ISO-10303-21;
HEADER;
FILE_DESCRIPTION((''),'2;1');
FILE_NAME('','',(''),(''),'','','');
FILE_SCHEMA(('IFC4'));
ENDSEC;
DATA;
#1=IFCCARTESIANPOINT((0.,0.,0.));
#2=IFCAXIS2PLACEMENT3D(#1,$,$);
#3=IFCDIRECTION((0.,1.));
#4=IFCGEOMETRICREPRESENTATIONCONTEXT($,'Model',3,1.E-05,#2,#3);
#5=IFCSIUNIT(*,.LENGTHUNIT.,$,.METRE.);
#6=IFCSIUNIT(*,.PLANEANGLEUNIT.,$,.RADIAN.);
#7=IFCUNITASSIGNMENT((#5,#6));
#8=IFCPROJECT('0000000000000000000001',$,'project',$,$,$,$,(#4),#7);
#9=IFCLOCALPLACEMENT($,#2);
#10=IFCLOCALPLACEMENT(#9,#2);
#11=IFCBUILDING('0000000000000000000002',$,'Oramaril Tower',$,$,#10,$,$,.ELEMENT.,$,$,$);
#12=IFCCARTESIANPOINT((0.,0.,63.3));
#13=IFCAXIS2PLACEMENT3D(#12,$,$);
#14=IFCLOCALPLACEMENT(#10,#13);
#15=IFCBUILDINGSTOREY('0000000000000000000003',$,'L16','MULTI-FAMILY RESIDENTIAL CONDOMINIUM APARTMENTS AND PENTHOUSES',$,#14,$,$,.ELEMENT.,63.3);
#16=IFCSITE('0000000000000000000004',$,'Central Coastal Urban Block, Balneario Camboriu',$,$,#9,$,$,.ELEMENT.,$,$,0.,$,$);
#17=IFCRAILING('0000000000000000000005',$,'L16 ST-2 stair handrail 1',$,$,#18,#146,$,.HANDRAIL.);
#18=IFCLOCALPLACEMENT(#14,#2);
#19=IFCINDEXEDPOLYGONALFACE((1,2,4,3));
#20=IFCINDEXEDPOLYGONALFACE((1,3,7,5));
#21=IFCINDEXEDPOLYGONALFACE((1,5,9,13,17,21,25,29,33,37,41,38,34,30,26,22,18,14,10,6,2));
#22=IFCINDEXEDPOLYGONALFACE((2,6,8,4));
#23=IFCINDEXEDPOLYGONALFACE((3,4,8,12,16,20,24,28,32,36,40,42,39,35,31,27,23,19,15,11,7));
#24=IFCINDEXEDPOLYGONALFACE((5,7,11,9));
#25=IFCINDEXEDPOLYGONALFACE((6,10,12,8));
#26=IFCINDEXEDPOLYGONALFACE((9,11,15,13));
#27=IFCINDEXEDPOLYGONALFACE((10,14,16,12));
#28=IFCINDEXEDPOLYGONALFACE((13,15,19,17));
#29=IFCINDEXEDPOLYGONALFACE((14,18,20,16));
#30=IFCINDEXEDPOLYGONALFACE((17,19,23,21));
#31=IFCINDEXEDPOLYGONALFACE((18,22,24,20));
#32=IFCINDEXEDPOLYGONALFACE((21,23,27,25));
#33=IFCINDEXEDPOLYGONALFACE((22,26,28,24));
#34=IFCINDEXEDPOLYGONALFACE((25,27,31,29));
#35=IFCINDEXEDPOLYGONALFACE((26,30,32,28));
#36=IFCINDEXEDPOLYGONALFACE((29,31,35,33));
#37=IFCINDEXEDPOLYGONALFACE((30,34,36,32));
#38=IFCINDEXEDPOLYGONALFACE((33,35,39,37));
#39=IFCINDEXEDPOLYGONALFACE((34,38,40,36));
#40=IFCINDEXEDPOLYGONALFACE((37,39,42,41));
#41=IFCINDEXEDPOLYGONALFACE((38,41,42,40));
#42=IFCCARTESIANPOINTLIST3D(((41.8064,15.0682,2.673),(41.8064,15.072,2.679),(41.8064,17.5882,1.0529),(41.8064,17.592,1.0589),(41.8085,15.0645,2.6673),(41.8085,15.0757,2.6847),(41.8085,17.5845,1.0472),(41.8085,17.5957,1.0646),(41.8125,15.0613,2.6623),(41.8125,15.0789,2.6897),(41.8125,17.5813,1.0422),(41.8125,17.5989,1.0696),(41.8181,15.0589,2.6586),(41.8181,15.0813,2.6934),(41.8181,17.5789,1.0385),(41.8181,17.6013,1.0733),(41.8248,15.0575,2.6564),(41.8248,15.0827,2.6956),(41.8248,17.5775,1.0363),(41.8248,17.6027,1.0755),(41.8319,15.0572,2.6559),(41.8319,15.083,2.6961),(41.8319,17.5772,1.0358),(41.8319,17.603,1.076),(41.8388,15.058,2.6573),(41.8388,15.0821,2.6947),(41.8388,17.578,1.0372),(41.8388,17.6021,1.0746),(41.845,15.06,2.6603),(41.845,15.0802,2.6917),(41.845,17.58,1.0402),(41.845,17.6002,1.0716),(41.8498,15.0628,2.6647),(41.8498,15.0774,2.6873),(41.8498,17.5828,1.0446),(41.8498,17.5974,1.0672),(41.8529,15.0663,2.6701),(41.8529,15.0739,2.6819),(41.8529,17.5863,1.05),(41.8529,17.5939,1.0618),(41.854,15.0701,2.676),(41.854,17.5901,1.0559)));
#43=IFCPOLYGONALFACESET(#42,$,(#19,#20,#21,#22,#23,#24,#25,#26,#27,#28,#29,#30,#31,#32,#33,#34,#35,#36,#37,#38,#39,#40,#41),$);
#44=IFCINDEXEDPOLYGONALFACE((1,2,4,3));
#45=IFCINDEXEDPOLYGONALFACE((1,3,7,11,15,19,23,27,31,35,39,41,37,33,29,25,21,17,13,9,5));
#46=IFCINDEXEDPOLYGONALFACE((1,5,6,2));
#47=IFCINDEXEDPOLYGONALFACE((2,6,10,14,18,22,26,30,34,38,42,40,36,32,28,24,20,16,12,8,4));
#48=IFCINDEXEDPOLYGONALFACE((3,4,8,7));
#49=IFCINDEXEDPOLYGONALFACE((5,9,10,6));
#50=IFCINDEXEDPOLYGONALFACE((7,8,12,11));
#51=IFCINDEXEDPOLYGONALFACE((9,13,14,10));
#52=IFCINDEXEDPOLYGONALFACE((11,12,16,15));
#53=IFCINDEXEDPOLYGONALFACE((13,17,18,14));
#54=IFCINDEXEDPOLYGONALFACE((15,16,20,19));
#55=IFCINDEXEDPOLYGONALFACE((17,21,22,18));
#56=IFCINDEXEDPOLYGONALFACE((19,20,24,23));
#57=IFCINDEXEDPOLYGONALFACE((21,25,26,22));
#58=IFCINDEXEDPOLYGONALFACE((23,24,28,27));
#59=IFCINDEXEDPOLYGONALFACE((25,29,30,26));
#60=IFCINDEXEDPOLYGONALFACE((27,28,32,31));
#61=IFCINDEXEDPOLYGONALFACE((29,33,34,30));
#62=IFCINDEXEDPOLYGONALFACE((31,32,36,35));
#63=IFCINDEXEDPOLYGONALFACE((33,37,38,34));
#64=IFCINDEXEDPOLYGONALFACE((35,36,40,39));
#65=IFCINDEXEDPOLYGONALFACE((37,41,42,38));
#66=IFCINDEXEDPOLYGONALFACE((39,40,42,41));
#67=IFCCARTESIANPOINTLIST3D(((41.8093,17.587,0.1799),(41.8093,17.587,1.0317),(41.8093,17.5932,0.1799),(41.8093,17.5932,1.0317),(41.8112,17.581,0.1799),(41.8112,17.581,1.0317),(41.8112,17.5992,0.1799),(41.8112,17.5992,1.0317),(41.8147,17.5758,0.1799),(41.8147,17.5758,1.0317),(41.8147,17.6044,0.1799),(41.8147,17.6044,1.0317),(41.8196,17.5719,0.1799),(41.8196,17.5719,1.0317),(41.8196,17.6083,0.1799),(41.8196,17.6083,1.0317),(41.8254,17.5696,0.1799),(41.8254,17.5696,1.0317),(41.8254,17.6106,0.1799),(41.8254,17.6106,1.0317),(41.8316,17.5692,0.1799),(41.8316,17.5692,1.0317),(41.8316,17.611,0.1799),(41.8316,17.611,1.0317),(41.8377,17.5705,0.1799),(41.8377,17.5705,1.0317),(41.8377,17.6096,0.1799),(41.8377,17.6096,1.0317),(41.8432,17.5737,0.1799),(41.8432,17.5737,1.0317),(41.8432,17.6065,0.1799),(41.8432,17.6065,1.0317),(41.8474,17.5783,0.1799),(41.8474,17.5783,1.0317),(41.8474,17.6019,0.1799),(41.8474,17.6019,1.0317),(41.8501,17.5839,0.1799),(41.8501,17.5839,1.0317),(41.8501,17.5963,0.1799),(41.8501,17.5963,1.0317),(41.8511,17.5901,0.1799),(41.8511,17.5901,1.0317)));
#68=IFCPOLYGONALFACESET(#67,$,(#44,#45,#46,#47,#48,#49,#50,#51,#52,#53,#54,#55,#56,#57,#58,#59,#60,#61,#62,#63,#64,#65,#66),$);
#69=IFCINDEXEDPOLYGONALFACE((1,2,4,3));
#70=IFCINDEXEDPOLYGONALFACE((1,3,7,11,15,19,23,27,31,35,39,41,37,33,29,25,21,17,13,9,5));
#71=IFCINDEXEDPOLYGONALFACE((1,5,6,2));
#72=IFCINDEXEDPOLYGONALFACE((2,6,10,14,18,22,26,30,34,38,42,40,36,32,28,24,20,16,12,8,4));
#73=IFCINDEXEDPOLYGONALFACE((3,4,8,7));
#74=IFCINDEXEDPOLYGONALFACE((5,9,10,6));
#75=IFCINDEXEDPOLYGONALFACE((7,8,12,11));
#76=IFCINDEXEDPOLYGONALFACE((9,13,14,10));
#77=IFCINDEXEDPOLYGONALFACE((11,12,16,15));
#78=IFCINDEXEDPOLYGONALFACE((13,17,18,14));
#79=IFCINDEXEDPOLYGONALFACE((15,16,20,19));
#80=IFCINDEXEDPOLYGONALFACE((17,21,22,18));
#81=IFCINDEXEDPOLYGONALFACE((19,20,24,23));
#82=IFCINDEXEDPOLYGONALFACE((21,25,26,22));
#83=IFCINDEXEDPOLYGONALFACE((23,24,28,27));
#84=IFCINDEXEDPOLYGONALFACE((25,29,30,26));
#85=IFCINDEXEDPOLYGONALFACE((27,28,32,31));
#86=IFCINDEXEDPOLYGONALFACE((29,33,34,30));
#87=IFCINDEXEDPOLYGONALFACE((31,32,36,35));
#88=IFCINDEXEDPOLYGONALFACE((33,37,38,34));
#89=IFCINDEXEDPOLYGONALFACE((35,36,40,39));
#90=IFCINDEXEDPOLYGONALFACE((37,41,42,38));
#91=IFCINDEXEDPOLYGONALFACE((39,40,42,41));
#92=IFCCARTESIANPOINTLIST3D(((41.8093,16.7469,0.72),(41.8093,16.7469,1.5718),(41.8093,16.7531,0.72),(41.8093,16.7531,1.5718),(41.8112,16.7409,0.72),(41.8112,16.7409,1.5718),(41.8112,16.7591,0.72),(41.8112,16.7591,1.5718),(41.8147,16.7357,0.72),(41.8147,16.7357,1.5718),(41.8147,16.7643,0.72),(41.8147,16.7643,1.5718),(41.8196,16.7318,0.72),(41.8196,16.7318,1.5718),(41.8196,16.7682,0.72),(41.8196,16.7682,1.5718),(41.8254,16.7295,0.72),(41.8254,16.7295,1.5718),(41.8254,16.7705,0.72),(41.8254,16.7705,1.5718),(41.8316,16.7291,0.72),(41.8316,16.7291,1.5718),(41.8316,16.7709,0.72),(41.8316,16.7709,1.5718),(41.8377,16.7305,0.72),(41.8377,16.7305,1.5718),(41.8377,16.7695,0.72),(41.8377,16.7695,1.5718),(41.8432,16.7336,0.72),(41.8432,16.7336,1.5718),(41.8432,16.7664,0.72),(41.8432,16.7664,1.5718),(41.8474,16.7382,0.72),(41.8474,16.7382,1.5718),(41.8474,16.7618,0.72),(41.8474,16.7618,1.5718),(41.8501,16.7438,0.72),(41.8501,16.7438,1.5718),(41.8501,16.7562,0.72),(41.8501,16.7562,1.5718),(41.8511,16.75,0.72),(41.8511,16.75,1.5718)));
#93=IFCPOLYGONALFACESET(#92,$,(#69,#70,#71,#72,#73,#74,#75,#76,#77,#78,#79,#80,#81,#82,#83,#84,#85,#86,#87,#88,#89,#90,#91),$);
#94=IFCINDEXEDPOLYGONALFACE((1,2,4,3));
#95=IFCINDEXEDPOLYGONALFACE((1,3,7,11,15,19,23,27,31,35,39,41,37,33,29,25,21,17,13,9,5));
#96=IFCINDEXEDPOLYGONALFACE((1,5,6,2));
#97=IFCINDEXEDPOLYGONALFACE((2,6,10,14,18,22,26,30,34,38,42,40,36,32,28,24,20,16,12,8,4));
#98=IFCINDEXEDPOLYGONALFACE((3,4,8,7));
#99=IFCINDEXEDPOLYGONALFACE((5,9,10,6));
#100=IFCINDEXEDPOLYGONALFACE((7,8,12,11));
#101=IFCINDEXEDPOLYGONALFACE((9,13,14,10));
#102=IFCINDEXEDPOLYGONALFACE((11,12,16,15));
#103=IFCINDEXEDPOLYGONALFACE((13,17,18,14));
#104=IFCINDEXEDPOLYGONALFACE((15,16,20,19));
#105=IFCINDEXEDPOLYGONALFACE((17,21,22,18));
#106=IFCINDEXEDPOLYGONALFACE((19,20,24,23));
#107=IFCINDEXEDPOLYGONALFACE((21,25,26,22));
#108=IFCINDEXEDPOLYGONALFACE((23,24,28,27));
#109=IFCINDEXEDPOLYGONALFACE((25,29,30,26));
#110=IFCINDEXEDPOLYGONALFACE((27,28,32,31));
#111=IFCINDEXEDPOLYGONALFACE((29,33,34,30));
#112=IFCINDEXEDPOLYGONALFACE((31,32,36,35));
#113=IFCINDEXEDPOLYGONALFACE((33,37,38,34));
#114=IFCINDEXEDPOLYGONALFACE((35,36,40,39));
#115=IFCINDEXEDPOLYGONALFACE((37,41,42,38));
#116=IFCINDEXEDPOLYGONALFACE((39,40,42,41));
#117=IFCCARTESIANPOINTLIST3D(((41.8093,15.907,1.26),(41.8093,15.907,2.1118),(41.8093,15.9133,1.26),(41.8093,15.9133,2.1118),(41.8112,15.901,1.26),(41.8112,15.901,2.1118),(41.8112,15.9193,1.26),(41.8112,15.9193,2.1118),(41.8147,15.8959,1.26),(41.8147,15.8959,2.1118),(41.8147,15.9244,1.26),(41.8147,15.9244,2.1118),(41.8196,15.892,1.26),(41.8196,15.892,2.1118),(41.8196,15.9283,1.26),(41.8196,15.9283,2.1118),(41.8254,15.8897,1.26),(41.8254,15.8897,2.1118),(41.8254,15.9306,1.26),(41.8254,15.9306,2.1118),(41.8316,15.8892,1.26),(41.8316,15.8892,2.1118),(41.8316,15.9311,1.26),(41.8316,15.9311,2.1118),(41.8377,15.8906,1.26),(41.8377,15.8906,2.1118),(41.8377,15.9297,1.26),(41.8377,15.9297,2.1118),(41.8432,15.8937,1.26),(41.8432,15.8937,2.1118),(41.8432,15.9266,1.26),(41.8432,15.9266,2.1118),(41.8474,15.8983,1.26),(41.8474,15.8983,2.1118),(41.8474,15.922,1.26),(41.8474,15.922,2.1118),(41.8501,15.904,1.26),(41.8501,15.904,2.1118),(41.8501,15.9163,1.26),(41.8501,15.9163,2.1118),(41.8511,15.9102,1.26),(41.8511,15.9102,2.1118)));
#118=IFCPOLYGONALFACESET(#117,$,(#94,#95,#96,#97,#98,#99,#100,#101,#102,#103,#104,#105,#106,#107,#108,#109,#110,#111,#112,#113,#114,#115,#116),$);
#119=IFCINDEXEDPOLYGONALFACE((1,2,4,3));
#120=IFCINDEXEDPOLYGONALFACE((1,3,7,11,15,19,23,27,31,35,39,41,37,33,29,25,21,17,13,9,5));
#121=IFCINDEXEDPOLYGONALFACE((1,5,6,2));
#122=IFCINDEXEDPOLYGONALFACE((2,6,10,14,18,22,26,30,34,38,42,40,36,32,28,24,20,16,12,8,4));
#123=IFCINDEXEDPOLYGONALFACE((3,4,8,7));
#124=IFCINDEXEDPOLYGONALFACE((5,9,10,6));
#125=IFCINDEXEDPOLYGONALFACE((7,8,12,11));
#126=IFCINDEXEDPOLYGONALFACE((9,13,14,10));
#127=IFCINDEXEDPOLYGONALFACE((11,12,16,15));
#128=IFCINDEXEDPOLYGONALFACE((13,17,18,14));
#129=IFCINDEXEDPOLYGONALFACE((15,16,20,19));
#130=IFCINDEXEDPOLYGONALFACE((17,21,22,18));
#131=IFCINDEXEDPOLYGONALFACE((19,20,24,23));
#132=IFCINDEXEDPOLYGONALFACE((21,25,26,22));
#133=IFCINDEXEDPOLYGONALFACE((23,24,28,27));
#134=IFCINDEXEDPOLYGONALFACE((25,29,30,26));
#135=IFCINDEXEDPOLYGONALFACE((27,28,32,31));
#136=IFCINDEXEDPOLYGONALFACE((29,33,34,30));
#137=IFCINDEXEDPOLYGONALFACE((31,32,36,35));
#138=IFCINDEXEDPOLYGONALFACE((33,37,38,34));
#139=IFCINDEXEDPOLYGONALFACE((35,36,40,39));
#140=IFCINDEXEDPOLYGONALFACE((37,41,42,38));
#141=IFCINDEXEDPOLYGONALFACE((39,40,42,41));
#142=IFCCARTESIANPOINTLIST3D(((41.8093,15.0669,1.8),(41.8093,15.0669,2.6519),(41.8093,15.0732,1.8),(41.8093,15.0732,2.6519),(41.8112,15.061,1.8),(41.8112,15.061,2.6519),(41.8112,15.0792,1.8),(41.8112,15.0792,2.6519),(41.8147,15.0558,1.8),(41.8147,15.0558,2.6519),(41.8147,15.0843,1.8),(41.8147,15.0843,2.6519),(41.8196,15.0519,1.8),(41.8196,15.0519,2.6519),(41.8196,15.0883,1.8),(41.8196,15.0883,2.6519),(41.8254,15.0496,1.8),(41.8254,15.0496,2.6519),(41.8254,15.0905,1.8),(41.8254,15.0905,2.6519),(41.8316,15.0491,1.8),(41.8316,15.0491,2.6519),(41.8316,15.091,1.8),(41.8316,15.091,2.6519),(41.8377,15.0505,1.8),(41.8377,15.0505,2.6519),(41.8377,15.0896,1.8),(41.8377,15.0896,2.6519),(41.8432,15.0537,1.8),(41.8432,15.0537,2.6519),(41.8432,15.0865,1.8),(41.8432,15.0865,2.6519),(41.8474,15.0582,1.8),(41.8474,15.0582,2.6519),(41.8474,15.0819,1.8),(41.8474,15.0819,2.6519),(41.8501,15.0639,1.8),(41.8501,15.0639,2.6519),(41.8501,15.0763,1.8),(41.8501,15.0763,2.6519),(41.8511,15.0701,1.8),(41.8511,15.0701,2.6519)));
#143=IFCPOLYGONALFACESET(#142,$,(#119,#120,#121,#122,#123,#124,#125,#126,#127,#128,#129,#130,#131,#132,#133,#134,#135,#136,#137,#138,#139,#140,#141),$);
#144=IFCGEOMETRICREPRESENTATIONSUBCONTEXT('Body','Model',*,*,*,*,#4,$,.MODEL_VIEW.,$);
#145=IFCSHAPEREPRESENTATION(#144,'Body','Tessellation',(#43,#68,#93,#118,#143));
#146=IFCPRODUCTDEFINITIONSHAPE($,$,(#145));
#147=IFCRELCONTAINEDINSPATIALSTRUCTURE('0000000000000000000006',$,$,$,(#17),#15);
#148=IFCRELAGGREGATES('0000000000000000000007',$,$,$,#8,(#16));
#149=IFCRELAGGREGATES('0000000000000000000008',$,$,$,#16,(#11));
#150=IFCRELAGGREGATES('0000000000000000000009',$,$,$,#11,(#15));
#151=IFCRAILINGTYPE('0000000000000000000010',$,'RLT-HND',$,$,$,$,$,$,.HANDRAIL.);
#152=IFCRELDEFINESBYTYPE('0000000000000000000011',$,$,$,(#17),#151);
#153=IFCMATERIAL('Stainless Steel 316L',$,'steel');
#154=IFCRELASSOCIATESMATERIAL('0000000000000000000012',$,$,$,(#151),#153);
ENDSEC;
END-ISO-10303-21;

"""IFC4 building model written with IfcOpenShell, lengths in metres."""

from ifc_helpers import new_model, si_unit, direction, frame, origin, origin_2d, place, context, subcontext, project, spatial, circle, extrude, material, type_object, element, save


model = new_model("IFC4")

# Units and contexts
model_context = context("Model", 3, precision=1e-05, world=origin(), true_north=direction((0.0, 1.0)))
body_context = subcontext(model_context, "Body", "Model", "MODEL_VIEW")
ifc_project = project(units=[si_unit("LENGTHUNIT", "METRE"), si_unit("PLANEANGLEUNIT", "RADIAN")], contexts=[model_context])

# Site, building, storey
site_placement = place(None, origin())
site = spatial("IfcSite", under=ifc_project, at=site_placement, Name="Central Coastal Urban Block, Balneario Camboriu", CompositionType="ELEMENT", RefElevation=0.0)
building_placement = place(site_placement, origin())
building = spatial("IfcBuilding", under=site, at=building_placement, Name="Oramaril Tower", CompositionType="ELEMENT")
storey_placement = place(building_placement, frame((0.0, 0.0, 63.3)))
storey = spatial("IfcBuildingStorey", under=building, at=storey_placement, Name="L16", Description="MULTI-FAMILY RESIDENTIAL CONDOMINIUM APARTMENTS AND PENTHOUSES", CompositionType="ELEMENT", Elevation=63.3)

# Railing
ifc_material_1 = material(Name="Stainless Steel 316L", Category="steel")
railing_type_1 = type_object("IfcRailingType", Name="RLT-HND", PredefinedType="HANDRAIL", material=ifc_material_1)
railing_1_placement = place(storey_placement, frame((41.8301, 17.5901, 0.1799)))
element("IfcRailing", 1, at=railing_1_placement, inside=storey, type_object=railing_type_1, Name="L16 ST-2 stair handrail 1", PredefinedType="HANDRAIL", context=body_context, shape_type="SweptSolid", body=[
    extrude(circle(Radius=0.0239, at=origin_2d()), frame((0.0, 0.0, 0.876), z_axis=(0.0, -0.841163, 0.540782), x_axis=(1.0, 0.0, 0.0)), (0.0, 0.0, 1.0), 2.9958),
    extrude(circle(Radius=0.021, at=origin_2d()), origin(), (0.0, 0.0, 1.0), 0.8518),
    extrude(circle(Radius=0.021, at=origin_2d()), frame((0.0, -0.8401, 0.54)), (0.0, 0.0, 1.0), 0.8518),
    extrude(circle(Radius=0.021, at=origin_2d()), frame((0.0, -1.6799, 1.0801)), (0.0, 0.0, 1.0), 0.8518),
    extrude(circle(Radius=0.021, at=origin_2d()), frame((0.0, -2.52, 1.6201)), (0.0, 0.0, 1.0), 0.8518),
])

save(model, "model.ifc")
